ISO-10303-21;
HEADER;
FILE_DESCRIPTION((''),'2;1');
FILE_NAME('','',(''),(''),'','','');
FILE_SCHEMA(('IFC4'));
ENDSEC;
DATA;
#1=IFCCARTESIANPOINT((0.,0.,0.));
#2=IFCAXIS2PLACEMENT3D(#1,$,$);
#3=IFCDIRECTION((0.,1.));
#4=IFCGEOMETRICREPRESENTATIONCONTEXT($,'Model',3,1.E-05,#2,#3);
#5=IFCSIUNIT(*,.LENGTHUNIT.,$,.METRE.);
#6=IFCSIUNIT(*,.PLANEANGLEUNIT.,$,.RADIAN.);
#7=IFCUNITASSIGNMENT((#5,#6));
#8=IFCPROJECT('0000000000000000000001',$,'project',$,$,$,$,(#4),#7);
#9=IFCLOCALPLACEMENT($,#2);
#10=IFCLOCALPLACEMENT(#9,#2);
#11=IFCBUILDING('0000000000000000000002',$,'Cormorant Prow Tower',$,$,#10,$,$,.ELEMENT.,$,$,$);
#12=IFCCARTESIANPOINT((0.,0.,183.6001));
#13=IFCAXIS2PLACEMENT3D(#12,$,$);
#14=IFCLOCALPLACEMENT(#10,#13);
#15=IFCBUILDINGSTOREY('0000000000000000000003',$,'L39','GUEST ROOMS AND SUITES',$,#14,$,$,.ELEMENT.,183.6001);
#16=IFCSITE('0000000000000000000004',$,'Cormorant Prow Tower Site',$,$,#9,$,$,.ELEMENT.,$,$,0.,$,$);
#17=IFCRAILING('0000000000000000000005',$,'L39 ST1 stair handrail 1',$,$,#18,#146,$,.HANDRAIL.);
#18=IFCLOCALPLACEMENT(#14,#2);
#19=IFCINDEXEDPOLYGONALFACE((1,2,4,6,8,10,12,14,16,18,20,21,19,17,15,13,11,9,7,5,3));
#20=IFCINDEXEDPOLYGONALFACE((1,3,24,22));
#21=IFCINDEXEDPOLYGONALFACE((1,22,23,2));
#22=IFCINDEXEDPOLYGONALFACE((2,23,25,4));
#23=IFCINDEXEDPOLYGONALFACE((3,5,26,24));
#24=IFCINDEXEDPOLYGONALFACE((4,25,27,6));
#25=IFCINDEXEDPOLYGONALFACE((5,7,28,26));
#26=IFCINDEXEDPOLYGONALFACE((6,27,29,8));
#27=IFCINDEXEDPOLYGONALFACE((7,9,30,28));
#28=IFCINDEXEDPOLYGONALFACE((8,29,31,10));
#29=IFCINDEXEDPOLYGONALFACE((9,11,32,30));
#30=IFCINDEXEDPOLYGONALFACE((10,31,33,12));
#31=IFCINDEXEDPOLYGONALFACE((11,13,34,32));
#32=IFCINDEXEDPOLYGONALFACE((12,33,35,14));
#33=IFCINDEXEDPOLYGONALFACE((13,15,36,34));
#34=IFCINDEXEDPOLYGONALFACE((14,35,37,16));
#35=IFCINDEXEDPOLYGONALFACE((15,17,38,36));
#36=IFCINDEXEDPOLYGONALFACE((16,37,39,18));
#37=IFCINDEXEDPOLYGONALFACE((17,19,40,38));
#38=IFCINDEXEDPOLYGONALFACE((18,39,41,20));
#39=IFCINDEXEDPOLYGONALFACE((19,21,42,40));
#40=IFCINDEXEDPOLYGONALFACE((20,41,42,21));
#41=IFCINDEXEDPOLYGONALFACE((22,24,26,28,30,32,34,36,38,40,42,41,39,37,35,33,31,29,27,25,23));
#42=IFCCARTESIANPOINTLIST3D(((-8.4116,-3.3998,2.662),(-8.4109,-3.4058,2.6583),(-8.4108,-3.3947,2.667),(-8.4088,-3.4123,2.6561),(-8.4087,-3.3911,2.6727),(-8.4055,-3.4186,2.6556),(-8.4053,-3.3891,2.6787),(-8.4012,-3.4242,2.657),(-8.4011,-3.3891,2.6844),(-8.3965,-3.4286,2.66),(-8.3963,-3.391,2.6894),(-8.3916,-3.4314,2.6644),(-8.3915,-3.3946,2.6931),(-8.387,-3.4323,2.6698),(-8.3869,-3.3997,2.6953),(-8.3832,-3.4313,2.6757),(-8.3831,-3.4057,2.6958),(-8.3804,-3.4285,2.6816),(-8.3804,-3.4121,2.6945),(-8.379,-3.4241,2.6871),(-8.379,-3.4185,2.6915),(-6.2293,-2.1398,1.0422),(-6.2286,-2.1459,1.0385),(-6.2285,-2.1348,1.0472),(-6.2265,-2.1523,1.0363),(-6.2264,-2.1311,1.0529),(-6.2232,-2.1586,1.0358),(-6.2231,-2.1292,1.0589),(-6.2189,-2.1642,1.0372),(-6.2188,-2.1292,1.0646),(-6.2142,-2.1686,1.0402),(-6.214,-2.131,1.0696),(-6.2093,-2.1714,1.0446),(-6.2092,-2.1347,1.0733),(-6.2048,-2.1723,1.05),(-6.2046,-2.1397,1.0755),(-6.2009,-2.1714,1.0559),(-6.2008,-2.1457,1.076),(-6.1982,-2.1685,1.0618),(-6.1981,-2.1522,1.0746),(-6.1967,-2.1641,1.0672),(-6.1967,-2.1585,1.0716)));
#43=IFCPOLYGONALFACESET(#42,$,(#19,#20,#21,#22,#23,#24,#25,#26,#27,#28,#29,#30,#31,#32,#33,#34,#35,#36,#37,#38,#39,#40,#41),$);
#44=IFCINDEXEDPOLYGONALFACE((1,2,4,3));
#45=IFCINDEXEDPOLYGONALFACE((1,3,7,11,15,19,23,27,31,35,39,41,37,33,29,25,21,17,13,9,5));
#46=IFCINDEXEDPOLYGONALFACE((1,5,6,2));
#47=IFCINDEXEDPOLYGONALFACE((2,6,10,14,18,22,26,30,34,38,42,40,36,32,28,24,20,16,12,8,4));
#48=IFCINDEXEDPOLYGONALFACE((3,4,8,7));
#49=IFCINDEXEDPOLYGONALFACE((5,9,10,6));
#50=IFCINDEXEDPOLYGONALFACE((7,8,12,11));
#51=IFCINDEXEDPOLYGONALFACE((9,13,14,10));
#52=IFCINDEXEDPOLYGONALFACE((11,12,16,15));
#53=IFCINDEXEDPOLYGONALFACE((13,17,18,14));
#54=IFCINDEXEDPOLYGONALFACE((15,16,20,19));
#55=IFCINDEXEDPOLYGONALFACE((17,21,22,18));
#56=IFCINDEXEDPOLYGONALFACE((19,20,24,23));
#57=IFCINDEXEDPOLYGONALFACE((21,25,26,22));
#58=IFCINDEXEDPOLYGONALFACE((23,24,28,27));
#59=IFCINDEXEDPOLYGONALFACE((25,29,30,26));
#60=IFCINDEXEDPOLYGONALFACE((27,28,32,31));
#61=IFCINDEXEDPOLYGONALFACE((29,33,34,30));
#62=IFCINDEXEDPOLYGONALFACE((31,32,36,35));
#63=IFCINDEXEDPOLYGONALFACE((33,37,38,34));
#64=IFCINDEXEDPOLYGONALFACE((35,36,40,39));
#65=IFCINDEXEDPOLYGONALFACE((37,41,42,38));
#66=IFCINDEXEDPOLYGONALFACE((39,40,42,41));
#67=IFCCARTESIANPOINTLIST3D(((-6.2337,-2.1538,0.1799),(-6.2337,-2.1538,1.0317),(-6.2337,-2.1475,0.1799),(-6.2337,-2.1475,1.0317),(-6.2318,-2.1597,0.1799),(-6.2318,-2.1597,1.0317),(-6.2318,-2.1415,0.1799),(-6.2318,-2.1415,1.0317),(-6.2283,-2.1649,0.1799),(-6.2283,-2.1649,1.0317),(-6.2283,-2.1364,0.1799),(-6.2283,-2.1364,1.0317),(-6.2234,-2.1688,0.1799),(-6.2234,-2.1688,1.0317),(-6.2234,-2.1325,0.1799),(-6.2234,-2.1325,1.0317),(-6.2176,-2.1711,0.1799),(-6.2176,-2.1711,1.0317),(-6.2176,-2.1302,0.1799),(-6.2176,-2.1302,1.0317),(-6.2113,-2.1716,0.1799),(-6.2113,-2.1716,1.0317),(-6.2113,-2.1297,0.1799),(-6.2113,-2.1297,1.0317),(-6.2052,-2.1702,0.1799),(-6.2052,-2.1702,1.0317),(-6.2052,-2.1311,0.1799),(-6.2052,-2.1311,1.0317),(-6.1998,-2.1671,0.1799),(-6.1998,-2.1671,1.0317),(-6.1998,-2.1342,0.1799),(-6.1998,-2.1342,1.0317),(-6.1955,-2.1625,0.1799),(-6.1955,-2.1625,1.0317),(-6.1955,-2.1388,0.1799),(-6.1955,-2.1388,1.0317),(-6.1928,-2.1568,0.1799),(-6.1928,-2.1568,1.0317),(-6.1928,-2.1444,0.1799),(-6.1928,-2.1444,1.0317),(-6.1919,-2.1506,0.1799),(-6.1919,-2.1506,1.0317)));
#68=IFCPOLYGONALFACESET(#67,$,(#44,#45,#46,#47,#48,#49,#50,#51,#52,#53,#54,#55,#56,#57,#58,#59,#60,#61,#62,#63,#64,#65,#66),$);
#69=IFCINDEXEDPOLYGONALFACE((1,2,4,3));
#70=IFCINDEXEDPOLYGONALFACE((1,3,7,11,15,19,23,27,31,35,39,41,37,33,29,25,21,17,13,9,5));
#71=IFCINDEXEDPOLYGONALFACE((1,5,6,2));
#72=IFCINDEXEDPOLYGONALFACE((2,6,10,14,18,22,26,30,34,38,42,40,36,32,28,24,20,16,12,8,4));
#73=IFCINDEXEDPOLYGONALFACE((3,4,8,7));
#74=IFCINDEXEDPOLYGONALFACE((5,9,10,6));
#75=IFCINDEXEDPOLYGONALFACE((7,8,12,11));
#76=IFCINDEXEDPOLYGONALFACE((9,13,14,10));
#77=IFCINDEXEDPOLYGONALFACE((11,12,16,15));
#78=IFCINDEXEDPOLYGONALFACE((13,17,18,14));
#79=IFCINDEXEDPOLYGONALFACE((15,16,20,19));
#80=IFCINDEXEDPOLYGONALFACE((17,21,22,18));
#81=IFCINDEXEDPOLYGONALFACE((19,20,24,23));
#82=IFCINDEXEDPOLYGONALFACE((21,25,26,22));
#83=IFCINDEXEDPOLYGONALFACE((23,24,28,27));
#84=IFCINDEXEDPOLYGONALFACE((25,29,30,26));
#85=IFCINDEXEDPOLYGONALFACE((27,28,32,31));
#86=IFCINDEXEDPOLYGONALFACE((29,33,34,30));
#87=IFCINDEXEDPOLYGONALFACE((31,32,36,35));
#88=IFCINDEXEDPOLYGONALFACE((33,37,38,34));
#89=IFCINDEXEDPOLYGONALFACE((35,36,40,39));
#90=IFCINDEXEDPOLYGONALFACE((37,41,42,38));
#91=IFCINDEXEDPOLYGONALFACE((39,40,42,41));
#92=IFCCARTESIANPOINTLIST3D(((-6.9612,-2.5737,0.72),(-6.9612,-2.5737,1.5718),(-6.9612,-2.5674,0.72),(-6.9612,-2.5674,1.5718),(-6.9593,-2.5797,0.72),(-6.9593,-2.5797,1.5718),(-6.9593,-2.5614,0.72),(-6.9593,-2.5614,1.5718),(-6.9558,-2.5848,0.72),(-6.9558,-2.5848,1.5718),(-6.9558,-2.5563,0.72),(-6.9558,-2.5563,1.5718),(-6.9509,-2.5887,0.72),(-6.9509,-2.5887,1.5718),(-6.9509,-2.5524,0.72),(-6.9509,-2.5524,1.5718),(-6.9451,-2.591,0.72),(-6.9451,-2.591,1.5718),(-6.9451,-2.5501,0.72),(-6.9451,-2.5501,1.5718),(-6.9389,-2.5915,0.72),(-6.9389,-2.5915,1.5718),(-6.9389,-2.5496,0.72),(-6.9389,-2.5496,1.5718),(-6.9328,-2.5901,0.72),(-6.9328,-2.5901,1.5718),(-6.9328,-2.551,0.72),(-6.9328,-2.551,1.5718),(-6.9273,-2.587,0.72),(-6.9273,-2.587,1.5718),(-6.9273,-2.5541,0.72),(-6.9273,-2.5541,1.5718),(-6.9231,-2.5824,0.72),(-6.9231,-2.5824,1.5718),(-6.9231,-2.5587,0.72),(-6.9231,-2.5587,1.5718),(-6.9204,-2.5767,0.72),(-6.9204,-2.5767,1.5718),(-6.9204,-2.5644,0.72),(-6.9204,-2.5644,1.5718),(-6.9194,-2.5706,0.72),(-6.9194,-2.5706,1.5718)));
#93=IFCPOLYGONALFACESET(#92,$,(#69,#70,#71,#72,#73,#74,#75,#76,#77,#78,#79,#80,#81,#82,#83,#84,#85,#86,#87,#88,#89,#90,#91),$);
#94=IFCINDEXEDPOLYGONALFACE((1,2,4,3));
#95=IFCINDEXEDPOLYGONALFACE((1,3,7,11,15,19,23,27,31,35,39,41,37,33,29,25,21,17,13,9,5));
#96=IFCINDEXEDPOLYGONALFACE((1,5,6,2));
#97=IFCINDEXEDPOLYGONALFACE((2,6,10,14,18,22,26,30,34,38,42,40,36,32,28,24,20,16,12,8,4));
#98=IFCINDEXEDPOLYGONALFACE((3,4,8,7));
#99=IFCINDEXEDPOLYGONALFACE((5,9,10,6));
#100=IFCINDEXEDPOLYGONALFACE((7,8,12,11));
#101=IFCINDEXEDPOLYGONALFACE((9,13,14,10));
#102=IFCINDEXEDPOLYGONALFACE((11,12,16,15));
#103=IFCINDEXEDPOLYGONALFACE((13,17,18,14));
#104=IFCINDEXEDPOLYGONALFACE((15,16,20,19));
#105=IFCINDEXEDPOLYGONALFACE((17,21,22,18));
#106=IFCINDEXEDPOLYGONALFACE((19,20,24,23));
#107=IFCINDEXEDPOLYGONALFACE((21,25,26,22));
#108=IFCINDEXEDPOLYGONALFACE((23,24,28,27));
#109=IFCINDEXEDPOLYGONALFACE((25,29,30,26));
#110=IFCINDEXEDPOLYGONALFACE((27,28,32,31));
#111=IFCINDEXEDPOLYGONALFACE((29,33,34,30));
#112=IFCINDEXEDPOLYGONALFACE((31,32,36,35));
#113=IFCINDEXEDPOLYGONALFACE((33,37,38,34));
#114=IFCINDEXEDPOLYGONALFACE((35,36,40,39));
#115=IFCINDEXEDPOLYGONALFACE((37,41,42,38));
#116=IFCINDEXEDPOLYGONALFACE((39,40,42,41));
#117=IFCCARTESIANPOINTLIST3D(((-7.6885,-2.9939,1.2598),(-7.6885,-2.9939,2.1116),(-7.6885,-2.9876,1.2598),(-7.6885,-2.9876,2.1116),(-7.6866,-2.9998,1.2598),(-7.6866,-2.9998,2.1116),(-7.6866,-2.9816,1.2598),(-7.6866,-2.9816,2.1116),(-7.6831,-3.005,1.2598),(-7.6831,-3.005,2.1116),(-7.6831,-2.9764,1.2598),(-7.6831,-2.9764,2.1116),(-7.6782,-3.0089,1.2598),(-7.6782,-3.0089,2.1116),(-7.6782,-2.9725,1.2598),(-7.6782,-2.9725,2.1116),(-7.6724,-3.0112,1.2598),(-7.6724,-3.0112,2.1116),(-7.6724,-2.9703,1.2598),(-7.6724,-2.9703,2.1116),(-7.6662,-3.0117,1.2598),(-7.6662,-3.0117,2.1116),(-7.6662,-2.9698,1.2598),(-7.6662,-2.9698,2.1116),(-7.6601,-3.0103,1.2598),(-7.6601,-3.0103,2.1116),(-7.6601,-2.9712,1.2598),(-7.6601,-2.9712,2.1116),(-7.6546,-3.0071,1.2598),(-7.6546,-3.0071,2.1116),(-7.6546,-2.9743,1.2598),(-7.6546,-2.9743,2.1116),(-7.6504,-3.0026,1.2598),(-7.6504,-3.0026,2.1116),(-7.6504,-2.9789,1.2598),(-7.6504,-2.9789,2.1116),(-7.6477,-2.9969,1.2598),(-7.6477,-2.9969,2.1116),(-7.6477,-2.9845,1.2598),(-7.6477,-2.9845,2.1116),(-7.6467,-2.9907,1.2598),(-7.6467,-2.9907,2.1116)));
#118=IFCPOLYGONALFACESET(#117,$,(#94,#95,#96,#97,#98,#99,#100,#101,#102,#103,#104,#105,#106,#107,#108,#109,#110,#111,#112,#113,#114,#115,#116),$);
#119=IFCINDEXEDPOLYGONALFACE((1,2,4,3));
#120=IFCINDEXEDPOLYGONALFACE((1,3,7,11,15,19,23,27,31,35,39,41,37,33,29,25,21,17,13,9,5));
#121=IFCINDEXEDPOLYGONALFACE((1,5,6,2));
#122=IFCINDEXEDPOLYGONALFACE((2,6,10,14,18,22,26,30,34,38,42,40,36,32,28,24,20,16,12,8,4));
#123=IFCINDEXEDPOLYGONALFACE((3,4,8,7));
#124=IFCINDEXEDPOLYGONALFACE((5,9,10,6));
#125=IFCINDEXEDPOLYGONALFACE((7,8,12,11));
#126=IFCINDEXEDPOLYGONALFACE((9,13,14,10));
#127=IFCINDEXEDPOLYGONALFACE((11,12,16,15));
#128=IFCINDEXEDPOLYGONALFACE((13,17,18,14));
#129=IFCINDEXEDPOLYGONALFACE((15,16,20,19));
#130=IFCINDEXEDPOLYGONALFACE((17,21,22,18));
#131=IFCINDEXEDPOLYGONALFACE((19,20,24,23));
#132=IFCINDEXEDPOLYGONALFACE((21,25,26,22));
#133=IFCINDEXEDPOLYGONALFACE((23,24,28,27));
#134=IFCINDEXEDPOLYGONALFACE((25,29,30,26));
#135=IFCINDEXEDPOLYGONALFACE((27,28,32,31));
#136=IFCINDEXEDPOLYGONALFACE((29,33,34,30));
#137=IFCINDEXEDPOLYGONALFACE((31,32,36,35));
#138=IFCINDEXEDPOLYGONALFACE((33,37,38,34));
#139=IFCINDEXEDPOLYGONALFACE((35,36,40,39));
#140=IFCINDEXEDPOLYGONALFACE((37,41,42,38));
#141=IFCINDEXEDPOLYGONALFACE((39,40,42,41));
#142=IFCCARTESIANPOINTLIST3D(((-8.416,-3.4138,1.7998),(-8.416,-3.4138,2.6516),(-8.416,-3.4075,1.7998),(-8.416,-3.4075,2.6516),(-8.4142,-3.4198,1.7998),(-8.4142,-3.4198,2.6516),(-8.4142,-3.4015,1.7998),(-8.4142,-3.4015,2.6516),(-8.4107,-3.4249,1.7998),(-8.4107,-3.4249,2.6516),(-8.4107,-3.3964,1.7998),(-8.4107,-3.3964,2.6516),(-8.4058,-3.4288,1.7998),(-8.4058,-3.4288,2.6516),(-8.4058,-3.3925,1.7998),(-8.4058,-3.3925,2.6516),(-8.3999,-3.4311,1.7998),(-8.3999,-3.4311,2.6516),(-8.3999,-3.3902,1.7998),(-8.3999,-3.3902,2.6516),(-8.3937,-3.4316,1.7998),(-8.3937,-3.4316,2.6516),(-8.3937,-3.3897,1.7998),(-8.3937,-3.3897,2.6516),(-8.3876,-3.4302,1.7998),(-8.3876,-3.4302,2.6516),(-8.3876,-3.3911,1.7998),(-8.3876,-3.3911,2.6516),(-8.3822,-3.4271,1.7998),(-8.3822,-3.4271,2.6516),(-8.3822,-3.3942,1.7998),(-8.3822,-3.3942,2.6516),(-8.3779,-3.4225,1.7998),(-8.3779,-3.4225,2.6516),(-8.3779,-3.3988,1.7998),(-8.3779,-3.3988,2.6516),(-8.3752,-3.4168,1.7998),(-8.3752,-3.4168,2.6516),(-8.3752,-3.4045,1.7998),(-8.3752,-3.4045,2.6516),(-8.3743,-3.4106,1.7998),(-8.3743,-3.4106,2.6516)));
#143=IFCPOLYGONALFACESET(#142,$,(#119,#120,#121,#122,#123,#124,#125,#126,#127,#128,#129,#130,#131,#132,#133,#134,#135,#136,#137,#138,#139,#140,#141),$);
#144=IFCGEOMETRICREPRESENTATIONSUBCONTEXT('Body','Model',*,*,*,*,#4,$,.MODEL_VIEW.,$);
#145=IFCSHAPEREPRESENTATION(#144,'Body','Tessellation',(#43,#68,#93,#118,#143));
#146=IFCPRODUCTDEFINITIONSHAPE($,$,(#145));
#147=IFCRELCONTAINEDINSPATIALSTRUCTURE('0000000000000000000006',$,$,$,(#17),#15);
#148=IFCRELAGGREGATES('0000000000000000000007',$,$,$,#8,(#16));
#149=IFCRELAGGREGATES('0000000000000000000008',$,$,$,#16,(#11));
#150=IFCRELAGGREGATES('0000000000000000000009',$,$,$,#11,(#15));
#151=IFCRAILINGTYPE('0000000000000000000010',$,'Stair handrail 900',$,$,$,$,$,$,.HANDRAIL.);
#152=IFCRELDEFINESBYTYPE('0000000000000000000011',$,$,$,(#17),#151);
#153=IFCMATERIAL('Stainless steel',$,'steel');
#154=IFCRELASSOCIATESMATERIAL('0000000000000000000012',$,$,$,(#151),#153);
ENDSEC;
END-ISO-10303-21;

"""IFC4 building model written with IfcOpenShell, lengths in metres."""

from ifc_helpers import new_model, si_unit, direction, frame, origin, origin_2d, place, context, subcontext, project, spatial, circle, extrude, material, type_object, element, save


model = new_model("IFC4")

# Units and contexts
model_context = context("Model", 3, precision=1e-05, world=origin(), true_north=direction((0.0, 1.0)))
body_context = subcontext(model_context, "Body", "Model", "MODEL_VIEW")
ifc_project = project(units=[si_unit("LENGTHUNIT", "METRE"), si_unit("PLANEANGLEUNIT", "RADIAN")], contexts=[model_context])

# Site, building, storey
site_placement = place(None, origin())
site = spatial("IfcSite", under=ifc_project, at=site_placement, Name="Cormorant Prow Tower Site", CompositionType="ELEMENT", RefElevation=0.0)
building_placement = place(site_placement, origin())
building = spatial("IfcBuilding", under=site, at=building_placement, Name="Cormorant Prow Tower", CompositionType="ELEMENT")
storey_placement = place(building_placement, frame((0.0, 0.0, 183.6001)))
storey = spatial("IfcBuildingStorey", under=building, at=storey_placement, Name="L39", Description="GUEST ROOMS AND SUITES", CompositionType="ELEMENT", Elevation=183.6001)

# Railing
ifc_material_1 = material(Name="Stainless steel", Category="steel")
railing_type_1 = type_object("IfcRailingType", Name="Stair handrail 900", PredefinedType="HANDRAIL", material=ifc_material_1)
railing_1_placement = place(storey_placement, frame((-6.2129, -2.1506, 0.1799)))
element("IfcRailing", 1, at=railing_1_placement, inside=storey, type_object=railing_type_1, Name="L39 ST1 stair handrail 1", PredefinedType="HANDRAIL", context=body_context, shape_type="SweptSolid", body=[
    extrude(circle(Radius=0.0239, at=origin_2d()), frame((0.0, 0.0, 0.876), z_axis=(-0.728496, -0.420603, 0.540728), x_axis=(0.500005, -0.866023, 0.0)), (0.0, 0.0, 1.0), 2.9956),
    extrude(circle(Radius=0.021, at=origin_2d()), origin(), (0.0, 0.0, 1.0), 0.8518),
    extrude(circle(Radius=0.021, at=origin_2d()), frame((-0.7275, -0.4199, 0.54)), (0.0, 0.0, 1.0), 0.8518),
    extrude(circle(Radius=0.021, at=origin_2d()), frame((-1.4548, -0.8401, 1.0798)), (0.0, 0.0, 1.0), 0.8518),
    extrude(circle(Radius=0.021, at=origin_2d()), frame((-2.1824, -1.26, 1.6199)), (0.0, 0.0, 1.0), 0.8518),
])

save(model, "model.ifc")
